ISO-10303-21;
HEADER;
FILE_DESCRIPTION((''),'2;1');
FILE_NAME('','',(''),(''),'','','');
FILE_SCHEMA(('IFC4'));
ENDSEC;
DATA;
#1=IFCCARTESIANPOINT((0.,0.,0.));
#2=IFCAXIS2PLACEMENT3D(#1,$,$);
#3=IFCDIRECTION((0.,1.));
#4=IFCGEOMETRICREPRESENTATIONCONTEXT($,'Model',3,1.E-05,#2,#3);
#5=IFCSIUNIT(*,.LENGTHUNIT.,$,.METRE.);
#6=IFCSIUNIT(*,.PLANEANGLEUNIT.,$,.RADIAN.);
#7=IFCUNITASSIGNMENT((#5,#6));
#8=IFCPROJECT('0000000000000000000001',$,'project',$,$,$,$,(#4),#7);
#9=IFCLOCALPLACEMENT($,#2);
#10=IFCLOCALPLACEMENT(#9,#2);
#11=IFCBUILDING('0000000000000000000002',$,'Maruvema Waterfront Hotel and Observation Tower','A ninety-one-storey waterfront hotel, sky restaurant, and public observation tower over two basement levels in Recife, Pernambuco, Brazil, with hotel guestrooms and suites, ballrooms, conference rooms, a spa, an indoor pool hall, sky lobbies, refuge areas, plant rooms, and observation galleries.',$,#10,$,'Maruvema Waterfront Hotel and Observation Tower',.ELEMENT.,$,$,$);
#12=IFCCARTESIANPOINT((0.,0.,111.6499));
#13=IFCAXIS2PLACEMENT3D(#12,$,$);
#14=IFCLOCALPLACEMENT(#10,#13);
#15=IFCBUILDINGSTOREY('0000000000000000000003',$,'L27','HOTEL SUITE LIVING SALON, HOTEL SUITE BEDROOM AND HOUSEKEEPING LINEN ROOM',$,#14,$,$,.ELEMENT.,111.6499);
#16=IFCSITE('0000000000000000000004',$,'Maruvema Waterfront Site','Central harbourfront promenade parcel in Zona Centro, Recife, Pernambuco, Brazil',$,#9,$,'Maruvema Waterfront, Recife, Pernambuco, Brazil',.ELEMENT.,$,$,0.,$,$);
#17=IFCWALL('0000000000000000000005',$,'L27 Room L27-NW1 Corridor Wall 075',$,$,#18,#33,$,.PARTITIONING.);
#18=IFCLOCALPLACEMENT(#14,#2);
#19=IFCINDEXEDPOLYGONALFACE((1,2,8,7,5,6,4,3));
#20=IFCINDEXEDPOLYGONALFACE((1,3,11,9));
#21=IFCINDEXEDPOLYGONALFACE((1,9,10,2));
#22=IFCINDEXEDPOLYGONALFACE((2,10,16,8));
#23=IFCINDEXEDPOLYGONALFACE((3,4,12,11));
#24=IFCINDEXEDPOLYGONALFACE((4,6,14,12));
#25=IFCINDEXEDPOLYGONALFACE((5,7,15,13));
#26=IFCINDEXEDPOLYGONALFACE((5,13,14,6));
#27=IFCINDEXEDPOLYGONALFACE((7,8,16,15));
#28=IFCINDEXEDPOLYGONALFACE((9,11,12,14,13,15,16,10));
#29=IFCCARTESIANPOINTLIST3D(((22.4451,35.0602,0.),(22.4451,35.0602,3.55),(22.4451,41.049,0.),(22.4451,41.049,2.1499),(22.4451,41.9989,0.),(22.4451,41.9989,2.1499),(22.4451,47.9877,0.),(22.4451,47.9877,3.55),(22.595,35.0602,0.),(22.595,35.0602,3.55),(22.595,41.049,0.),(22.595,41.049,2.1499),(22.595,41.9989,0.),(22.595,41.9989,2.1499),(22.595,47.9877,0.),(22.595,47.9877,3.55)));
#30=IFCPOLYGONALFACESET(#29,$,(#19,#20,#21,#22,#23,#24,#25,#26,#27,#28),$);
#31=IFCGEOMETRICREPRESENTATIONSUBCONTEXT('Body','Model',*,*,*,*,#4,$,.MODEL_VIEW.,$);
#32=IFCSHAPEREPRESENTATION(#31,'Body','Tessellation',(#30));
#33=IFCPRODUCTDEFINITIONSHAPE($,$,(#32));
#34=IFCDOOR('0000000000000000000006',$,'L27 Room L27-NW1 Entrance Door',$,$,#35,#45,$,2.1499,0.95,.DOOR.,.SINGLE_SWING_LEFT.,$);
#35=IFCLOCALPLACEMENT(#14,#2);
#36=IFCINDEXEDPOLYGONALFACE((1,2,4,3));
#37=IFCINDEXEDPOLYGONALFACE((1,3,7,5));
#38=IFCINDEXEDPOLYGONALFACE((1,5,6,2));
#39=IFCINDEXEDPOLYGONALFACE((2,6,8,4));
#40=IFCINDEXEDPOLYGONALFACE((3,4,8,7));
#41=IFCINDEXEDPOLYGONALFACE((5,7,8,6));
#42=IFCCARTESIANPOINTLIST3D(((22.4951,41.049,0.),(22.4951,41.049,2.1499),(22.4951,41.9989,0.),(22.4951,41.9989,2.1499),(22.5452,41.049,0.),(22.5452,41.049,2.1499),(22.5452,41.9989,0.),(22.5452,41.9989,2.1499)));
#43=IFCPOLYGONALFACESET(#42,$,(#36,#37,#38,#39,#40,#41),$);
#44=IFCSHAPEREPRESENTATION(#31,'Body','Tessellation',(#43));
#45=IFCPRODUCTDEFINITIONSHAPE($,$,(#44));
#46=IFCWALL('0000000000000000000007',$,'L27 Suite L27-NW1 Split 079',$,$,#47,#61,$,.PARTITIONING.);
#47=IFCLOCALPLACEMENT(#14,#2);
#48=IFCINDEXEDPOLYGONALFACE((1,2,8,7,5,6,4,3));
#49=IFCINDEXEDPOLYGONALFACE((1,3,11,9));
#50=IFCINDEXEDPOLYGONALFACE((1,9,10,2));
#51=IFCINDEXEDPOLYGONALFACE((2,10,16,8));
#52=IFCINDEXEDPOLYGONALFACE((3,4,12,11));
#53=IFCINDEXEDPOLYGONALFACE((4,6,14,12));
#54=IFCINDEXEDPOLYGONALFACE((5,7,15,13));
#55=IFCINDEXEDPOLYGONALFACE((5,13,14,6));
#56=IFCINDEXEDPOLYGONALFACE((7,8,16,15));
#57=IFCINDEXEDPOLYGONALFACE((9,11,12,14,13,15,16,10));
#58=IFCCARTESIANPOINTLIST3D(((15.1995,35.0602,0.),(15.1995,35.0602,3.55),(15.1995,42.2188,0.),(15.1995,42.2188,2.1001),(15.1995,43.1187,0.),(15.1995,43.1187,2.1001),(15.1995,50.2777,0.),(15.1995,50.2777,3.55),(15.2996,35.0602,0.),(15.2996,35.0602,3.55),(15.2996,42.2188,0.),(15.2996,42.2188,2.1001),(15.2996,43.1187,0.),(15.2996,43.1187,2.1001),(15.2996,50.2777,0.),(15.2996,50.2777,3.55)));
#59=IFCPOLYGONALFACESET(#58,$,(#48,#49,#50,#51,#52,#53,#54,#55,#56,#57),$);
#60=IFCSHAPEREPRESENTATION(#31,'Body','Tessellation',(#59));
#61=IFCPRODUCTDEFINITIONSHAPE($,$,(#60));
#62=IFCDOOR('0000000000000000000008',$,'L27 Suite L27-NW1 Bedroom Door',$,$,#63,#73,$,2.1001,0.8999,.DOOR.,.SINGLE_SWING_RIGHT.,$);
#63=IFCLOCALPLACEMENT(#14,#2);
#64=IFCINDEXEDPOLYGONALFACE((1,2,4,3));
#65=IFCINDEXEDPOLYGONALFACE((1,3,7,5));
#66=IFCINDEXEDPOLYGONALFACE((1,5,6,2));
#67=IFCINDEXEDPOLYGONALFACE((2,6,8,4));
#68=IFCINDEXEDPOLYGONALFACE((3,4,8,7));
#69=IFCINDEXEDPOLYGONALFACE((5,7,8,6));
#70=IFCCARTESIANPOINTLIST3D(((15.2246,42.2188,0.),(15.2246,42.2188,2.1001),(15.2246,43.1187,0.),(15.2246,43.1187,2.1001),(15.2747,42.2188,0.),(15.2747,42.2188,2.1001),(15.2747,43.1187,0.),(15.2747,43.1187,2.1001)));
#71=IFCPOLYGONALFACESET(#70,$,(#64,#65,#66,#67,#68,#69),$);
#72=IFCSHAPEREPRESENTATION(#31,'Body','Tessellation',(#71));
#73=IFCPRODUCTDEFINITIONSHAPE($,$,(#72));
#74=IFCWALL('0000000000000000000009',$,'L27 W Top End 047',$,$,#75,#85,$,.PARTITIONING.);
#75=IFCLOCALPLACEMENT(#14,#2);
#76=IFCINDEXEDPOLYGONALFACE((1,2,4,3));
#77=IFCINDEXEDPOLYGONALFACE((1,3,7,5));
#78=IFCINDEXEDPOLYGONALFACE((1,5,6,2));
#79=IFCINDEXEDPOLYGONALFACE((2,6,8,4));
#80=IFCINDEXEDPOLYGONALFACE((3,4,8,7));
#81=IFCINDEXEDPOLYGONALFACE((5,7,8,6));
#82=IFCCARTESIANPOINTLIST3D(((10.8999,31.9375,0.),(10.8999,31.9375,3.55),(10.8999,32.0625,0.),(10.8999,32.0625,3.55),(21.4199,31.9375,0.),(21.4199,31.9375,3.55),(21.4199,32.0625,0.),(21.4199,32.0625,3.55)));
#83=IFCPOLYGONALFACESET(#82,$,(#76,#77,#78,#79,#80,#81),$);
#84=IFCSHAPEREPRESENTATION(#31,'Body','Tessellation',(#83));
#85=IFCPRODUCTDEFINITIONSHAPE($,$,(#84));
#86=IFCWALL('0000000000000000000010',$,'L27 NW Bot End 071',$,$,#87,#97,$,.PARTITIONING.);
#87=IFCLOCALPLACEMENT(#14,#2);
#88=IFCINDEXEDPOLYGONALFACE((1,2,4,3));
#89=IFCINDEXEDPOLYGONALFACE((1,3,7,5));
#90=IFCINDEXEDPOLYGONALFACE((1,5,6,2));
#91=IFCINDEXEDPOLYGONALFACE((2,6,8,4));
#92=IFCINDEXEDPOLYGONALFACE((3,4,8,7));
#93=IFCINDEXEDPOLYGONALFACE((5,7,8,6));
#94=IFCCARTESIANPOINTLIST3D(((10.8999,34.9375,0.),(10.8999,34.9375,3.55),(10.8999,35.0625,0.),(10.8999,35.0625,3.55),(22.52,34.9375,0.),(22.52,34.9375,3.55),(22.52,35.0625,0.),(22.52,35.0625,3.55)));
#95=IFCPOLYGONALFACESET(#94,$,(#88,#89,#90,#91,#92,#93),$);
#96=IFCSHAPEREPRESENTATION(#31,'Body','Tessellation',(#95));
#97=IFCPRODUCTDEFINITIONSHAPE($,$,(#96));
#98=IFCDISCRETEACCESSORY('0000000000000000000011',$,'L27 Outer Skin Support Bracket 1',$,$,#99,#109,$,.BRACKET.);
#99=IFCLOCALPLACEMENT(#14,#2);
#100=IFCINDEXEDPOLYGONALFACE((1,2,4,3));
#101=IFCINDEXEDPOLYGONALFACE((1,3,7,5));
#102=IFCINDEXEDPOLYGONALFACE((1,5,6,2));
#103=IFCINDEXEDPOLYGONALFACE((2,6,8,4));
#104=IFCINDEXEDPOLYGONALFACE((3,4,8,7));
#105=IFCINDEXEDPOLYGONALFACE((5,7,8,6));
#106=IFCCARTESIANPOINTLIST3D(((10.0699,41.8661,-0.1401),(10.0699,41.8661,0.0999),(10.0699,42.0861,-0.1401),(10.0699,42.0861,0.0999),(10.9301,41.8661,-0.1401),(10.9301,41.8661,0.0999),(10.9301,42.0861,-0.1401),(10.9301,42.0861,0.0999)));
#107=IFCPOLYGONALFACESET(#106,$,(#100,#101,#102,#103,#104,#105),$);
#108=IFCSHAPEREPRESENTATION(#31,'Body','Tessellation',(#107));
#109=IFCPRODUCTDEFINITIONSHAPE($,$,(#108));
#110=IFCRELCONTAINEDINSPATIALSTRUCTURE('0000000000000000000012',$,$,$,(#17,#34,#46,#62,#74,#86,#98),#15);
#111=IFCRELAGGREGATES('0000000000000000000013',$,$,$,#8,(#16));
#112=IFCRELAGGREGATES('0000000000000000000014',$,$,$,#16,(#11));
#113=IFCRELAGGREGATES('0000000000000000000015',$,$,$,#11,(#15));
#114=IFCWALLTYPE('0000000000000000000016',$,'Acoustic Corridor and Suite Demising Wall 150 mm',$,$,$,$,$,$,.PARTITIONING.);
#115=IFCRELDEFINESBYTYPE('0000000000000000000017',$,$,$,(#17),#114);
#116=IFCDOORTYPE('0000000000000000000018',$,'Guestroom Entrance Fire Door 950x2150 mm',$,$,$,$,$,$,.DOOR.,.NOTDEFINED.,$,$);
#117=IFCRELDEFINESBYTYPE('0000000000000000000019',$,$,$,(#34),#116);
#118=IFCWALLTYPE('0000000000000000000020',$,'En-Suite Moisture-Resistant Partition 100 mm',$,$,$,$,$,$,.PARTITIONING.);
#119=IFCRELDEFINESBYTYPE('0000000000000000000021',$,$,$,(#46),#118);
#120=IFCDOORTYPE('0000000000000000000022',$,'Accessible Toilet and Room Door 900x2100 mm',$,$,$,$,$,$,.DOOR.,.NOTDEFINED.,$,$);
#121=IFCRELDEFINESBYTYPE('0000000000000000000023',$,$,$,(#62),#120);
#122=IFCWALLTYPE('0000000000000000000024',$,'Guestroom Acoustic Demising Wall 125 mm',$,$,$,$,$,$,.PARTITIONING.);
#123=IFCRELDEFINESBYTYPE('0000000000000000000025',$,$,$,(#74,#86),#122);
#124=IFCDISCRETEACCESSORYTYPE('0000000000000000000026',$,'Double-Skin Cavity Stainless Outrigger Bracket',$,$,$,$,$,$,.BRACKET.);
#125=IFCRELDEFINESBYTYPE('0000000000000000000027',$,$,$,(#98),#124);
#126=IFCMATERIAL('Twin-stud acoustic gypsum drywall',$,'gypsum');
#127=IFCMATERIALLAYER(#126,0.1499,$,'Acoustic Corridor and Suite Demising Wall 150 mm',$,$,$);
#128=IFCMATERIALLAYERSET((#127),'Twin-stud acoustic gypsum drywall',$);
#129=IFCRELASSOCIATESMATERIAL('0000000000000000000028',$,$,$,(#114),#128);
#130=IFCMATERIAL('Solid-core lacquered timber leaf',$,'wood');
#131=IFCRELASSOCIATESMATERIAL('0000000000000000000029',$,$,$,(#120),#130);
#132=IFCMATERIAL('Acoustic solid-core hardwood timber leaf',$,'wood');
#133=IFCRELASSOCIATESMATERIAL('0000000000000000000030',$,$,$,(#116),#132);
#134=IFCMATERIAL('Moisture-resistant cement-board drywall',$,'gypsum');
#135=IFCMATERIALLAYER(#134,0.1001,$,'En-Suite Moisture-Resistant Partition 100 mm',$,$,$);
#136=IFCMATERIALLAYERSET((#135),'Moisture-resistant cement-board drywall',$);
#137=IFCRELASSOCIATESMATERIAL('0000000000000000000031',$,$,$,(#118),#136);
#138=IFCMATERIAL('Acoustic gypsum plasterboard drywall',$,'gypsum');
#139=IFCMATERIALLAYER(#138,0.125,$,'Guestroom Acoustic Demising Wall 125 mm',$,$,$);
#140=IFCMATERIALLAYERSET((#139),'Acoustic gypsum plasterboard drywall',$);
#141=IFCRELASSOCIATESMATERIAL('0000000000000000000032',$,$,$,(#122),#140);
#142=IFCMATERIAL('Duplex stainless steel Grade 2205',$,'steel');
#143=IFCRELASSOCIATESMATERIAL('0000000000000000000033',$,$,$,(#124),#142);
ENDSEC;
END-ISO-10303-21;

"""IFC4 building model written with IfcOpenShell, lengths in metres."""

from ifc_helpers import new_model, si_unit, direction, frame, frame_2d, origin, origin_2d, place, context, subcontext, project, spatial, rectangle, extrude, material, layer, layer_set, type_object, element, fill, save


model = new_model("IFC4")

# Units and contexts
model_context = context("Model", 3, precision=1e-05, world=origin(), true_north=direction((0.0, 1.0)))
body_context = subcontext(model_context, "Body", "Model", "MODEL_VIEW")
ifc_project = project(units=[si_unit("LENGTHUNIT", "METRE"), si_unit("PLANEANGLEUNIT", "RADIAN")], contexts=[model_context])

# Site, building, storey
site_placement = place(None, origin())
site = spatial("IfcSite", under=ifc_project, at=site_placement, Name="Maruvema Waterfront Site", Description="Central harbourfront promenade parcel in Zona Centro, Recife, Pernambuco, Brazil", LongName="Maruvema Waterfront, Recife, Pernambuco, Brazil", CompositionType="ELEMENT", RefElevation=0.0)
building_placement = place(site_placement, origin())
building = spatial("IfcBuilding", under=site, at=building_placement, Name="Maruvema Waterfront Hotel and Observation Tower", Description="A ninety-one-storey waterfront hotel, sky restaurant, and public observation tower over two basement levels in Recife, Pernambuco, Brazil, with hotel guestrooms and suites, ballrooms, conference rooms, a spa, an indoor pool hall, sky lobbies, refuge areas, plant rooms, and observation galleries.", LongName="Maruvema Waterfront Hotel and Observation Tower", CompositionType="ELEMENT")
storey_placement = place(building_placement, frame((0.0, 0.0, 111.6499)))
storey = spatial("IfcBuildingStorey", under=building, at=storey_placement, Name="L27", Description="HOTEL SUITE LIVING SALON, HOTEL SUITE BEDROOM AND HOUSEKEEPING LINEN ROOM", CompositionType="ELEMENT", Elevation=111.6499)

# Walls, openings, doors
ifc_material_1 = material(Name="Twin-stud acoustic gypsum drywall", Category="gypsum")
ifc_layer_1 = layer(ifc_material_1, 0.1499, Name="Acoustic Corridor and Suite Demising Wall 150 mm")
ifc_layer_set_1 = layer_set([ifc_layer_1], Name="Twin-stud acoustic gypsum drywall")
wall_type_1 = type_object("IfcWallType", Name="Acoustic Corridor and Suite Demising Wall 150 mm", PredefinedType="PARTITIONING", material=ifc_layer_set_1)
ifc_material_2 = material(Name="Solid-core lacquered timber leaf", Category="wood")
door_type_1 = type_object("IfcDoorType", Name="Accessible Toilet and Room Door 900x2100 mm", OperationType="NOTDEFINED", PredefinedType="DOOR", material=ifc_material_2)
wall_1_placement = place(storey_placement, frame((22.52, 35.0601, 0.0), z_axis=(0.0, 0.0, 1.0), x_axis=(0.0, 1.0, 0.0)))
wall_1 = element("IfcWall", 1, at=wall_1_placement, inside=storey, type_object=wall_type_1, Name="L27 Room L27-NW1 Corridor Wall 075", PredefinedType="PARTITIONING", context=body_context, shape_type="SweptSolid", body=[
    extrude(rectangle(XDim=12.9275, YDim=0.1499, at=frame_2d((6.4639, 0.0))), origin(), (0.0, 0.0, 1.0), 3.55),
])
opening_1_placement = place(wall_1_placement, frame((5.9888, 0.0, 0.0)))
opening_1 = element("IfcOpeningElement", 2, at=opening_1_placement, cuts=wall_1, PredefinedType="OPENING", context=body_context, shape_type="SweptSolid", body=[
    extrude(rectangle(XDim=0.95, YDim=2.1499, at=frame_2d((0.4751, 1.075))), frame((0.0, 0.085, 0.0), z_axis=(0.0, -1.0, 0.0), x_axis=(1.0, 0.0, 0.0)), (0.0, 0.0, 1.0), 0.1699),
])
ifc_material_3 = material(Name="Acoustic solid-core hardwood timber leaf", Category="wood")
door_type_2 = type_object("IfcDoorType", Name="Guestroom Entrance Fire Door 950x2150 mm", OperationType="NOTDEFINED", PredefinedType="DOOR", material=ifc_material_3)
door_1_placement = place(opening_1_placement, origin())
door_1 = element("IfcDoor", 3, at=door_1_placement, inside=storey, type_object=door_type_2, Name="L27 Room L27-NW1 Entrance Door", OperationType="SINGLE_SWING_LEFT", OverallHeight=2.1499, OverallWidth=0.95, PredefinedType="DOOR", context=body_context, shape_type="SweptSolid", body=[
    extrude(rectangle(XDim=0.95, YDim=2.1499, at=frame_2d((0.4751, 1.075))), frame((0.0, 0.0249, 0.0), z_axis=(0.0, -1.0, 0.0), x_axis=(1.0, 0.0, 0.0)), (0.0, 0.0, 1.0), 0.05),
])
fill(opening_1, door_1)
ifc_material_4 = material(Name="Moisture-resistant cement-board drywall", Category="gypsum")
ifc_layer_2 = layer(ifc_material_4, 0.1001, Name="En-Suite Moisture-Resistant Partition 100 mm")
ifc_layer_set_2 = layer_set([ifc_layer_2], Name="Moisture-resistant cement-board drywall")
wall_type_2 = type_object("IfcWallType", Name="En-Suite Moisture-Resistant Partition 100 mm", PredefinedType="PARTITIONING", material=ifc_layer_set_2)
wall_2_placement = place(storey_placement, frame((15.2495, 35.0601, 0.0), z_axis=(0.0, 0.0, 1.0), x_axis=(0.0, 1.0, 0.0)))
wall_2 = element("IfcWall", 4, at=wall_2_placement, inside=storey, type_object=wall_type_2, Name="L27 Suite L27-NW1 Split 079", PredefinedType="PARTITIONING", context=body_context, shape_type="SweptSolid", body=[
    extrude(rectangle(XDim=15.2175, YDim=0.1001, at=frame_2d((7.6089, 0.0))), origin(), (0.0, 0.0, 1.0), 3.55),
])
opening_2_placement = place(wall_2_placement, frame((7.1587, 0.0, 0.0)))
opening_2 = element("IfcOpeningElement", 5, at=opening_2_placement, cuts=wall_2, PredefinedType="OPENING", context=body_context, shape_type="SweptSolid", body=[
    extrude(rectangle(XDim=0.8999, YDim=2.1001, at=frame_2d((0.45, 1.05))), frame((0.0, 0.0601, 0.0), z_axis=(0.0, -1.0, 0.0), x_axis=(1.0, 0.0, 0.0)), (0.0, 0.0, 1.0), 0.1201),
])
door_2_placement = place(opening_2_placement, origin())
door_2 = element("IfcDoor", 6, at=door_2_placement, inside=storey, type_object=door_type_1, Name="L27 Suite L27-NW1 Bedroom Door", OperationType="SINGLE_SWING_RIGHT", OverallHeight=2.1001, OverallWidth=0.8999, PredefinedType="DOOR", context=body_context, shape_type="SweptSolid", body=[
    extrude(rectangle(XDim=0.8999, YDim=2.1001, at=frame_2d((0.45, 1.05))), frame((0.0, 0.0249, 0.0), z_axis=(0.0, -1.0, 0.0), x_axis=(1.0, 0.0, 0.0)), (0.0, 0.0, 1.0), 0.05),
])
fill(opening_2, door_2)

# Walls
ifc_material_5 = material(Name="Acoustic gypsum plasterboard drywall", Category="gypsum")
ifc_layer_3 = layer(ifc_material_5, 0.125, Name="Guestroom Acoustic Demising Wall 125 mm")
ifc_layer_set_3 = layer_set([ifc_layer_3], Name="Acoustic gypsum plasterboard drywall")
wall_type_3 = type_object("IfcWallType", Name="Guestroom Acoustic Demising Wall 125 mm", PredefinedType="PARTITIONING", material=ifc_layer_set_3)
wall_3_placement = place(storey_placement, frame((10.8999, 32.0, 0.0), z_axis=(0.0, 0.0, 1.0), x_axis=(1.0, 0.0, 0.0)))
element("IfcWall", 7, at=wall_3_placement, inside=storey, type_object=wall_type_3, Name="L27 W Top End 047", PredefinedType="PARTITIONING", context=body_context, shape_type="SweptSolid", body=[
    extrude(rectangle(XDim=10.52, YDim=0.125, at=frame_2d((5.26, 0.0))), origin(), (0.0, 0.0, 1.0), 3.55),
])
wall_4_placement = place(storey_placement, frame((10.8999, 35.0, 0.0), z_axis=(0.0, 0.0, 1.0), x_axis=(1.0, 0.0, 0.0)))
element("IfcWall", 8, at=wall_4_placement, inside=storey, type_object=wall_type_3, Name="L27 NW Bot End 071", PredefinedType="PARTITIONING", context=body_context, shape_type="SweptSolid", body=[
    extrude(rectangle(XDim=11.6201, YDim=0.125, at=frame_2d((5.8101, 0.0))), origin(), (0.0, 0.0, 1.0), 3.55),
])

# Discrete accessory
ifc_material_6 = material(Name="Duplex stainless steel Grade 2205", Category="steel")
discrete_accessory_type = type_object("IfcDiscreteAccessoryType", Name="Double-Skin Cavity Stainless Outrigger Bracket", PredefinedType="BRACKET", material=ifc_material_6)
discrete_accessory_placement = place(storey_placement, frame((10.5, 41.9761, -0.1401), z_axis=(0.0, 0.0, 1.0), x_axis=(0.0, -1.0, 0.0)))
element("IfcDiscreteAccessory", 9, at=discrete_accessory_placement, inside=storey, type_object=discrete_accessory_type, Name="L27 Outer Skin Support Bracket 1", PredefinedType="BRACKET", context=body_context, shape_type="SweptSolid", body=[
    extrude(rectangle(XDim=0.22, YDim=0.8601, at=origin_2d()), origin(), (0.0, 0.0, 1.0), 0.24),
])

save(model, "model.ifc")
